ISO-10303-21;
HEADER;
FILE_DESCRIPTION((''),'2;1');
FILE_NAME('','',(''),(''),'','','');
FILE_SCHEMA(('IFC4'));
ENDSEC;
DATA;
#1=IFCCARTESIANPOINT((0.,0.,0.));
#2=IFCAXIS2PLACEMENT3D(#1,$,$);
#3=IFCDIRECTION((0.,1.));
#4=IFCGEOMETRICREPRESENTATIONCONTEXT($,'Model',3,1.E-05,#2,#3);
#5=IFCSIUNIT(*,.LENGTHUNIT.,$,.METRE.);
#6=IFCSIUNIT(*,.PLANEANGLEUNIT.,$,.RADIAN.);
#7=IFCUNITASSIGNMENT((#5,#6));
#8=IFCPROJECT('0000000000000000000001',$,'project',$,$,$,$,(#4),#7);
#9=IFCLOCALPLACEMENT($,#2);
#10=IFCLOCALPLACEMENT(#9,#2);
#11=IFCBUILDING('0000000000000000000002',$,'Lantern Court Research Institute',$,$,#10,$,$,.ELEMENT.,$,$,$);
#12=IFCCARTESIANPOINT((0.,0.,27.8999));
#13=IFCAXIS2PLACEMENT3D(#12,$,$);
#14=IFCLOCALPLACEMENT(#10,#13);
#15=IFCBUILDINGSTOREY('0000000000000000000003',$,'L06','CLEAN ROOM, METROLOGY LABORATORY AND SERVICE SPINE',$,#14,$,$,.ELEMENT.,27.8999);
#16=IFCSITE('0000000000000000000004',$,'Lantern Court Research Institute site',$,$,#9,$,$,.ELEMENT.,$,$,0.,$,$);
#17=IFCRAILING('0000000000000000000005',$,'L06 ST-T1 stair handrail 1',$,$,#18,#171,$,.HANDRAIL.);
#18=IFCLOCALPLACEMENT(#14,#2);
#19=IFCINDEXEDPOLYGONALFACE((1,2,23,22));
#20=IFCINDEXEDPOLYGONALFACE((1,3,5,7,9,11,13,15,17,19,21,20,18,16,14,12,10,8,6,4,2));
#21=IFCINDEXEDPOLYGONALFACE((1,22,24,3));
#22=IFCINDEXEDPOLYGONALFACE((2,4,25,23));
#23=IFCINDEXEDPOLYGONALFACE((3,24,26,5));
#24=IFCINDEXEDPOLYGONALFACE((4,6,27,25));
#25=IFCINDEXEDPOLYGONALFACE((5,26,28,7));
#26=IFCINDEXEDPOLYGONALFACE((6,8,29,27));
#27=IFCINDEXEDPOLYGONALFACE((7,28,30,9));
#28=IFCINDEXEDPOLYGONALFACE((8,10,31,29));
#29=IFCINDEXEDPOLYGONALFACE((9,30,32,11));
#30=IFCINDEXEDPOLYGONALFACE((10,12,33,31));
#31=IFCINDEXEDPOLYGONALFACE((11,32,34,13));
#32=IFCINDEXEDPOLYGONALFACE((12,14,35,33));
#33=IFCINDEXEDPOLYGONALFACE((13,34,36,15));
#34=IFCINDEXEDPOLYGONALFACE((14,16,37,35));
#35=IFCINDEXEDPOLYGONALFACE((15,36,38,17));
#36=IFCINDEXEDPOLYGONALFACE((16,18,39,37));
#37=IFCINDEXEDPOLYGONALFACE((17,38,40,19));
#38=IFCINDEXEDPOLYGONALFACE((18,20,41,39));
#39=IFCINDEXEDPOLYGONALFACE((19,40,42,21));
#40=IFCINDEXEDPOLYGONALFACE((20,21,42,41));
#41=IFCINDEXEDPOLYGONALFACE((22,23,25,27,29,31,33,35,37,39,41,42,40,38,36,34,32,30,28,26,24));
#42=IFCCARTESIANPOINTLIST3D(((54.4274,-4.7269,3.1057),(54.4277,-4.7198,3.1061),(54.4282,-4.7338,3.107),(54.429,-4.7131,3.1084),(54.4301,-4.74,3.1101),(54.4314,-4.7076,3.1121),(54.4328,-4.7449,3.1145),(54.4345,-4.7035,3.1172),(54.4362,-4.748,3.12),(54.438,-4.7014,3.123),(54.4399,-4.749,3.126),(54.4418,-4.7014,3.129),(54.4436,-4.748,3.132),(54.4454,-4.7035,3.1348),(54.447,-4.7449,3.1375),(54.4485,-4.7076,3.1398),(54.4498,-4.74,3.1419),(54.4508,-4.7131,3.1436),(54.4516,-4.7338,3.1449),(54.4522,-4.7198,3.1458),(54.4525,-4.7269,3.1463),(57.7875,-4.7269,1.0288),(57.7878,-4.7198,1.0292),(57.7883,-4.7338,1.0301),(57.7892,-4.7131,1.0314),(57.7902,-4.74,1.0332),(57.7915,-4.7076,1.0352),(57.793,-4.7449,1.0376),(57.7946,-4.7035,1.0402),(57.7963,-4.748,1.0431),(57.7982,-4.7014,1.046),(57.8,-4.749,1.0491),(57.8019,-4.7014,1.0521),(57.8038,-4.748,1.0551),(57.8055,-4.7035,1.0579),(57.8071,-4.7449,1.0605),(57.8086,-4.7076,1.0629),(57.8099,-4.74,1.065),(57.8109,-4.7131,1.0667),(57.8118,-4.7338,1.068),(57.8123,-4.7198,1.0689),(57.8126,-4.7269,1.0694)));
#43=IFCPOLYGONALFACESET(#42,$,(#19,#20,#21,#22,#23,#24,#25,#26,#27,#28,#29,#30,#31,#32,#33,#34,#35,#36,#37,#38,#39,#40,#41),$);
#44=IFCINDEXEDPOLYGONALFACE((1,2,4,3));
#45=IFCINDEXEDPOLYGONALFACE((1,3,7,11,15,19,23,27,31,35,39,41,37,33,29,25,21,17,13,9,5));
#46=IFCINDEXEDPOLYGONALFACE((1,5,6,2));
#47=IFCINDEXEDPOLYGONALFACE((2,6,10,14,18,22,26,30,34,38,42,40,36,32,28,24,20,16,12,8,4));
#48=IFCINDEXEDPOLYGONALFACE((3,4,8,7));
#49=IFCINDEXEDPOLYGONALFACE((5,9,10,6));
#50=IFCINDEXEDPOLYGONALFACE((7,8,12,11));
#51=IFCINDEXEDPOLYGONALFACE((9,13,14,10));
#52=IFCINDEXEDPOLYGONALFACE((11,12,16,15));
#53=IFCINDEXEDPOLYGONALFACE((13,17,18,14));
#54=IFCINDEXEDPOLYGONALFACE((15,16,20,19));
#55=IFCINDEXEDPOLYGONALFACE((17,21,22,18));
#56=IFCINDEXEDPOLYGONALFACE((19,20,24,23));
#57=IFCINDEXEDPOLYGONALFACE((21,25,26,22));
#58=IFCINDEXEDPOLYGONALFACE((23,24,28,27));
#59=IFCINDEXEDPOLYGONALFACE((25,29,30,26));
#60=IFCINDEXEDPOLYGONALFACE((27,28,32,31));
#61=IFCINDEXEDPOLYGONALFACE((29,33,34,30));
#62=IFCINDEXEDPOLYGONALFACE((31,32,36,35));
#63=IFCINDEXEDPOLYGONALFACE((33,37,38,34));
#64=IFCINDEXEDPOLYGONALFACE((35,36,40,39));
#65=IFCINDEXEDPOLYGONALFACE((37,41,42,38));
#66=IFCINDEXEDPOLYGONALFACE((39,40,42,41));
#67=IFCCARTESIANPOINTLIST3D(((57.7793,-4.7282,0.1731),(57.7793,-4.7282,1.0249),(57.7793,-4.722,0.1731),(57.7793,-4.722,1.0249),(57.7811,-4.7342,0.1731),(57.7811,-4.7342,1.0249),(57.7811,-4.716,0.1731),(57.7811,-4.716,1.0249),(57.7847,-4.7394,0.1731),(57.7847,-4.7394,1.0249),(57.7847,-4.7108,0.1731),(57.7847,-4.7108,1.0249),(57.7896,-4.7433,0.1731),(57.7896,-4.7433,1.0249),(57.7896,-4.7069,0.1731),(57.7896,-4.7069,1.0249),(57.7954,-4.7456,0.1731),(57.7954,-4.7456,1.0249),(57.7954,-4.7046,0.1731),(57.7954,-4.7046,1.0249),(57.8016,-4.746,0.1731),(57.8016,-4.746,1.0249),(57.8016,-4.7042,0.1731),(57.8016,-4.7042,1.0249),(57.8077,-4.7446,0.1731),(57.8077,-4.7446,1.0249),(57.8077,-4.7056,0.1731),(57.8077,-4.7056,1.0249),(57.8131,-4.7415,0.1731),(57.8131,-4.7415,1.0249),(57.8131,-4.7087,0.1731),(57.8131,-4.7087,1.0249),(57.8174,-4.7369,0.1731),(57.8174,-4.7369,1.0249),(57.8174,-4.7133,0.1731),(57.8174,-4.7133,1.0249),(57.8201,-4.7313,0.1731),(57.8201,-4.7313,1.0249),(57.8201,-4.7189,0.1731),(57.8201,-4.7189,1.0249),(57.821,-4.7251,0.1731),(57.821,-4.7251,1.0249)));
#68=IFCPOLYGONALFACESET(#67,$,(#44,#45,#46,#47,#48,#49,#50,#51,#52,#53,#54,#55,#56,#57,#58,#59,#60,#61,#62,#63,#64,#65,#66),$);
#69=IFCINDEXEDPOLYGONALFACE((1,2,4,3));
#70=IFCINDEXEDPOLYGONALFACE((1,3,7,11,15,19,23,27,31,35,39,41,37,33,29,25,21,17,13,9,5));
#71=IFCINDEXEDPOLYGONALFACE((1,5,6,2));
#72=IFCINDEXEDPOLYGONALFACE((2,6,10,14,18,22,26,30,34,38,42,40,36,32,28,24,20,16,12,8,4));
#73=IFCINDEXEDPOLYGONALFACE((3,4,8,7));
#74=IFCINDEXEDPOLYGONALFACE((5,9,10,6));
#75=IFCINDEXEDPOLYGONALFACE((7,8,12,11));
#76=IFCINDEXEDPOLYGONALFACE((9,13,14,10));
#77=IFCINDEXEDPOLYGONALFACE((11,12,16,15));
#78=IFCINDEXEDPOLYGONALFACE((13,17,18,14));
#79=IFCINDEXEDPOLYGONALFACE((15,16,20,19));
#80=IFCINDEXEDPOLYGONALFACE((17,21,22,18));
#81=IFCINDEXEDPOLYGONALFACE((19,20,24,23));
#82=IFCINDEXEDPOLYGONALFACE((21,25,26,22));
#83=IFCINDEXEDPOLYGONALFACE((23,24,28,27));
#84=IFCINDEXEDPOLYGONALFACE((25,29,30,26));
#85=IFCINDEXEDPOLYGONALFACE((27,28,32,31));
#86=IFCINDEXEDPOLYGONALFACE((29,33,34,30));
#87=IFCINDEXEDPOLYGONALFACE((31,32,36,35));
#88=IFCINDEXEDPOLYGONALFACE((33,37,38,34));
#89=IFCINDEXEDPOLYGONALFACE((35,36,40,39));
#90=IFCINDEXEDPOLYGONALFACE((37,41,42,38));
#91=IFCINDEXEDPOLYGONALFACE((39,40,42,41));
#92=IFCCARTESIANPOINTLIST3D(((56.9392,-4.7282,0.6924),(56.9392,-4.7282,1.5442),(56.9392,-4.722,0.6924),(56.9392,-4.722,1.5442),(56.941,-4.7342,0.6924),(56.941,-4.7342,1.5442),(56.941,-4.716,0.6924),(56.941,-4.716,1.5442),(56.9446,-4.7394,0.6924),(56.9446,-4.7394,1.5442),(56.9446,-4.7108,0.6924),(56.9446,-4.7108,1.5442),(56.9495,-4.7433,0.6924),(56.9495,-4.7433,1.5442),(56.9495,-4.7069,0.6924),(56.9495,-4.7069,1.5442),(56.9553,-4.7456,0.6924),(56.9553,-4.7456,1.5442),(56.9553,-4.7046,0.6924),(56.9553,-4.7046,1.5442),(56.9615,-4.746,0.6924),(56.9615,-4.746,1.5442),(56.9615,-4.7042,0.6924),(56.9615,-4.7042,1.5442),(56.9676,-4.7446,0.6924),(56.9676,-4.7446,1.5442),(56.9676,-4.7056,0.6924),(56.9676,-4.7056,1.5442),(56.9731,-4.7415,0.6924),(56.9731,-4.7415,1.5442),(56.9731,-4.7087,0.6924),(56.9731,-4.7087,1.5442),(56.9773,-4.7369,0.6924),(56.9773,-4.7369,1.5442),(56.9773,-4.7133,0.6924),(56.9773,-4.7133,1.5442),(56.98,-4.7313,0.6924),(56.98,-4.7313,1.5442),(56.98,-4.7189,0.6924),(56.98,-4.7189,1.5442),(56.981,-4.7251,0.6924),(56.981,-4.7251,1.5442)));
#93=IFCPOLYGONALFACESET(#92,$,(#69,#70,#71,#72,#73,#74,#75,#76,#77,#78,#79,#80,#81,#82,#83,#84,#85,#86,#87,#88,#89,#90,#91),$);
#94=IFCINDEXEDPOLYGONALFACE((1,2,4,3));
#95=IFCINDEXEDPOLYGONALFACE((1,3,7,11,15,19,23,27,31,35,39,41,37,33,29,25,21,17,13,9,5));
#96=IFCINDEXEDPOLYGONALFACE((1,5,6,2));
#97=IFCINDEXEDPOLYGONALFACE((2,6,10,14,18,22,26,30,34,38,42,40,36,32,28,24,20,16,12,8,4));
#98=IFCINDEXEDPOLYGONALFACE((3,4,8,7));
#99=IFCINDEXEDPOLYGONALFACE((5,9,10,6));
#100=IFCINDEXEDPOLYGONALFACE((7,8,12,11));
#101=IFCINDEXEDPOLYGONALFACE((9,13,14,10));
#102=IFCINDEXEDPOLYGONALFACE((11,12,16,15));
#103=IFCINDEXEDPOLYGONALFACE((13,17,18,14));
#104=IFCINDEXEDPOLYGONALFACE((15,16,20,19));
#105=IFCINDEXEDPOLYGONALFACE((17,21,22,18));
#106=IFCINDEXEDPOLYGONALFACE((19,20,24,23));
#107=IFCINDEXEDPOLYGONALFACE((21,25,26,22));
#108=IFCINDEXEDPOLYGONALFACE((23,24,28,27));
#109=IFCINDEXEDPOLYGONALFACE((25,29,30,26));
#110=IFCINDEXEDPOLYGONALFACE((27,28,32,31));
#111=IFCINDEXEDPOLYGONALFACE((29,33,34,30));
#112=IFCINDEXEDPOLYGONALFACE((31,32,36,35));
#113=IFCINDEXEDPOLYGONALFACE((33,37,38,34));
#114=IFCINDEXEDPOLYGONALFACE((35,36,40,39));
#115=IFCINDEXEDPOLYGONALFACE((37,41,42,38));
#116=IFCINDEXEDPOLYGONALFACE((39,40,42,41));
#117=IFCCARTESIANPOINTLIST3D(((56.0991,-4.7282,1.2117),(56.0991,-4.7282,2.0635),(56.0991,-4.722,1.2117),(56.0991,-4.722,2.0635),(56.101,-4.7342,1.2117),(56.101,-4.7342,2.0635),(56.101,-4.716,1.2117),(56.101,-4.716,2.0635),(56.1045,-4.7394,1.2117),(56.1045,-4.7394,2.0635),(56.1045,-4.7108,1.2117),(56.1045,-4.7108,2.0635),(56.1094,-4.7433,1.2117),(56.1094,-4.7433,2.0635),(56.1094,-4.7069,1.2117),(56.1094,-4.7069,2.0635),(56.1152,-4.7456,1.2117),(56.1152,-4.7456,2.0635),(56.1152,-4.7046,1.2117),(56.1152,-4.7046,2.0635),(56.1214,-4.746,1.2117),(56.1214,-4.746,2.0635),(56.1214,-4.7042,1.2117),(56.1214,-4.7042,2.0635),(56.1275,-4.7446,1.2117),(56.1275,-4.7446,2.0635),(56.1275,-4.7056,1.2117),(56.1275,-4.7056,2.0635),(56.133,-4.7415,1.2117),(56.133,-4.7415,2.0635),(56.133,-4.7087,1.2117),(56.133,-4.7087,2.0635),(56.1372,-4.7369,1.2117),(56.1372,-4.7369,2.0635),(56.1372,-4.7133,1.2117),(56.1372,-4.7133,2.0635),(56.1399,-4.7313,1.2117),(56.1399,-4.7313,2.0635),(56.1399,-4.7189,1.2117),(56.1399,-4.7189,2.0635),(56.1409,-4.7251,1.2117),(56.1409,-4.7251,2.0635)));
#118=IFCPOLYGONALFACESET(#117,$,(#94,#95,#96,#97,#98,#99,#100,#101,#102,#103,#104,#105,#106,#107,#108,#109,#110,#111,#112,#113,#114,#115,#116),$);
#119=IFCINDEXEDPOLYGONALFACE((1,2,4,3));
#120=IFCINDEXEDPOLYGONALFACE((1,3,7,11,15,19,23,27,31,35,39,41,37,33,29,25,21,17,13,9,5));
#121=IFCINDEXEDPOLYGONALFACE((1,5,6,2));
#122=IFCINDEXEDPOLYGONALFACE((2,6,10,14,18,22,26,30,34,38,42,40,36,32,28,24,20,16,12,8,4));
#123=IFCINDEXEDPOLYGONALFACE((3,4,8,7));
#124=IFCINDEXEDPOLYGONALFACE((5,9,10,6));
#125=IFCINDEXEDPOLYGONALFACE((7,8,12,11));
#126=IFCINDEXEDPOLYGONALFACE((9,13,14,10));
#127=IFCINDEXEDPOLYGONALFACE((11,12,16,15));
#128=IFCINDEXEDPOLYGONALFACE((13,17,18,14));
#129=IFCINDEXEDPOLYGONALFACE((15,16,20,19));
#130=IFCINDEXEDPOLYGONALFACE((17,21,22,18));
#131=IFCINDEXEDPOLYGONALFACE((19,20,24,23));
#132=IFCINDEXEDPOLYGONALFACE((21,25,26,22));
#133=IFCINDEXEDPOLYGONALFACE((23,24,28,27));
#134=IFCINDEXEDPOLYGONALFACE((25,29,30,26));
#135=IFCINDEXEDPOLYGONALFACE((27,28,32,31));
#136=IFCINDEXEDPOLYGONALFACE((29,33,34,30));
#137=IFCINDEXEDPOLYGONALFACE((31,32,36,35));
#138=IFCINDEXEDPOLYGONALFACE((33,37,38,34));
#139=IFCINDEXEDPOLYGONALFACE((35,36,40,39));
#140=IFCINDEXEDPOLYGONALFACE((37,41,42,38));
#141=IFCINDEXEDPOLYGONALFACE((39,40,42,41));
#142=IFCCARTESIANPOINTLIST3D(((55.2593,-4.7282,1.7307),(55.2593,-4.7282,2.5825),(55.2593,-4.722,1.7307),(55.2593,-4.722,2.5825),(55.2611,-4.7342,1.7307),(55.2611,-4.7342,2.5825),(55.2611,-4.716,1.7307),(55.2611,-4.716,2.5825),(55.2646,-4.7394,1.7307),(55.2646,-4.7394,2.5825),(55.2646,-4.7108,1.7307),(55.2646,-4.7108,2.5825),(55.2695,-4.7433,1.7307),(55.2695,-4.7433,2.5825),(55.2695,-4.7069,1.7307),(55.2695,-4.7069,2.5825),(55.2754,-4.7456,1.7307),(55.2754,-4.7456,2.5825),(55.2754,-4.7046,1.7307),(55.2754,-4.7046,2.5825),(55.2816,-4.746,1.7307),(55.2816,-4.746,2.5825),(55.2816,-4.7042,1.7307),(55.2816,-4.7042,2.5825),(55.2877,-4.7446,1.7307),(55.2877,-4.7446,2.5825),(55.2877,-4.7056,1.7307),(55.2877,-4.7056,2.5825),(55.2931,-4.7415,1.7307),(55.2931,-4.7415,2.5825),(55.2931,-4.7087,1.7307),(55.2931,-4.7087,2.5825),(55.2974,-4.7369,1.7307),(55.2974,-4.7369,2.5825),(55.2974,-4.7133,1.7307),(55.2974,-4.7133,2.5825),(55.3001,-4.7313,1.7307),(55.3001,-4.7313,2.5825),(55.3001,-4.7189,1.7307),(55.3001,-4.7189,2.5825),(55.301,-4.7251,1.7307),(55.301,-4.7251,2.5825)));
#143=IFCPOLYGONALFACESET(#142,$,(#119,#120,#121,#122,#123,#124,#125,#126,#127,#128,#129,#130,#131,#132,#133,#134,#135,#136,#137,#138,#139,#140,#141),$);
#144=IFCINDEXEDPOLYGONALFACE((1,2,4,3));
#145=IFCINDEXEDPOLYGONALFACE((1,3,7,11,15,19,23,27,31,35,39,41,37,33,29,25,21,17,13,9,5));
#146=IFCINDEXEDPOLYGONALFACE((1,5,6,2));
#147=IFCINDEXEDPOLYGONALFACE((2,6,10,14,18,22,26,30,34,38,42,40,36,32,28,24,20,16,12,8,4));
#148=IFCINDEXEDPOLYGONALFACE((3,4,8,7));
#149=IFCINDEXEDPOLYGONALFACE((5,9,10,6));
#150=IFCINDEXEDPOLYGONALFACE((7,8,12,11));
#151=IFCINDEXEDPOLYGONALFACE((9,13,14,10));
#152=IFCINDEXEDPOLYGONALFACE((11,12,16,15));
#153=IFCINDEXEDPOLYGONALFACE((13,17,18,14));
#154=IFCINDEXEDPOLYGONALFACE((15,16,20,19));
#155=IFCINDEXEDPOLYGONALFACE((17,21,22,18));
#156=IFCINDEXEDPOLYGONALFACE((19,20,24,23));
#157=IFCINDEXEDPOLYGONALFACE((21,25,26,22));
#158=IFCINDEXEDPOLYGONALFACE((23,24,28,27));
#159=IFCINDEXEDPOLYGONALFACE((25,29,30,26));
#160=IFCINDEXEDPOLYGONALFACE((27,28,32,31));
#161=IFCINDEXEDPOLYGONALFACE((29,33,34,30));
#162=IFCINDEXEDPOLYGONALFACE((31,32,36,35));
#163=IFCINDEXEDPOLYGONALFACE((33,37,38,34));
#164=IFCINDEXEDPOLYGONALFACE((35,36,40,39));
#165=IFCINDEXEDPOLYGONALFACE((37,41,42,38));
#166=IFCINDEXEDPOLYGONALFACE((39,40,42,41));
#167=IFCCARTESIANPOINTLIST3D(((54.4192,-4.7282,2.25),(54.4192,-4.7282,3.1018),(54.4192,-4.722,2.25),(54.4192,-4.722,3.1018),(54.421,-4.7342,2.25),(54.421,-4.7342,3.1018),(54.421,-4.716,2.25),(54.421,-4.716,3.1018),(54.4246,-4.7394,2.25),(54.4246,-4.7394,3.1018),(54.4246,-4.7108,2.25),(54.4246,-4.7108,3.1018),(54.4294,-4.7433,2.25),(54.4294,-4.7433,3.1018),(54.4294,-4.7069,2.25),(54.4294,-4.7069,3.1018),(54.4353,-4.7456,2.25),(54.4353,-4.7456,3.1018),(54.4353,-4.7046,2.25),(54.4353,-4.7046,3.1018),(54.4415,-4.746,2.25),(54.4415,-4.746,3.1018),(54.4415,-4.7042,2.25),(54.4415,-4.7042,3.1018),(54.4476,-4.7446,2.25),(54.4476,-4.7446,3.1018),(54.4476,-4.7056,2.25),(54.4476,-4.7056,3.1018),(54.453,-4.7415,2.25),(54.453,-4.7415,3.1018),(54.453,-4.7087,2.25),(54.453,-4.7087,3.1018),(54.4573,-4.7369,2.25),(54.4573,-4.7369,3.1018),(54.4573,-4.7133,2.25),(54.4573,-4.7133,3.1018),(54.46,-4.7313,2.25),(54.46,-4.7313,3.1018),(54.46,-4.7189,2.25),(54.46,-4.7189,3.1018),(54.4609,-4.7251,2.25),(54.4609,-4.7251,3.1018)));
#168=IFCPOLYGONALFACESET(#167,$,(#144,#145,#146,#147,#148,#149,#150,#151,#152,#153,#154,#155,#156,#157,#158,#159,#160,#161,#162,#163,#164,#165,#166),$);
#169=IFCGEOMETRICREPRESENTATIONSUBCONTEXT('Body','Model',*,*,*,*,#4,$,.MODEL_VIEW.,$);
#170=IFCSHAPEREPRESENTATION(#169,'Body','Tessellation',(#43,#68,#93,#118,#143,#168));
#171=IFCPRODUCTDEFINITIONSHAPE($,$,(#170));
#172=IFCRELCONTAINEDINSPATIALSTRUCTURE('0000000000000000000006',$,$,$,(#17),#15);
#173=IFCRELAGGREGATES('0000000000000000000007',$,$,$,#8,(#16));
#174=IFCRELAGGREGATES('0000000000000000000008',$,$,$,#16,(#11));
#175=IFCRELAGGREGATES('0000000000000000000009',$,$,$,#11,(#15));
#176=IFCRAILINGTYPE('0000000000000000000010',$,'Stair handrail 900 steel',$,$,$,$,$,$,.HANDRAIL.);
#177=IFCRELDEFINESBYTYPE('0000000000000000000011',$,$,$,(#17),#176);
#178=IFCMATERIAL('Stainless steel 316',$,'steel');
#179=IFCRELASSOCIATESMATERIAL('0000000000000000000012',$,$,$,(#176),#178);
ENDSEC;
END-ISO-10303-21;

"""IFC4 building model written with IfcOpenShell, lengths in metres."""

from ifc_helpers import new_model, si_unit, direction, frame, origin, origin_2d, place, context, subcontext, project, spatial, circle, extrude, material, type_object, element, save


model = new_model("IFC4")

# Units and contexts
model_context = context("Model", 3, precision=1e-05, world=origin(), true_north=direction((0.0, 1.0)))
body_context = subcontext(model_context, "Body", "Model", "MODEL_VIEW")
ifc_project = project(units=[si_unit("LENGTHUNIT", "METRE"), si_unit("PLANEANGLEUNIT", "RADIAN")], contexts=[model_context])

# Site, building, storey
site_placement = place(None, origin())
site = spatial("IfcSite", under=ifc_project, at=site_placement, Name="Lantern Court Research Institute site", CompositionType="ELEMENT", RefElevation=0.0)
building_placement = place(site_placement, origin())
building = spatial("IfcBuilding", under=site, at=building_placement, Name="Lantern Court Research Institute", CompositionType="ELEMENT")
storey_placement = place(building_placement, frame((0.0, 0.0, 27.8999)))
storey = spatial("IfcBuildingStorey", under=building, at=storey_placement, Name="L06", Description="CLEAN ROOM, METROLOGY LABORATORY AND SERVICE SPINE", CompositionType="ELEMENT", Elevation=27.8999)

# Railing
ifc_material_1 = material(Name="Stainless steel 316", Category="steel")
railing_type_1 = type_object("IfcRailingType", Name="Stair handrail 900 steel", PredefinedType="HANDRAIL", material=ifc_material_1)
railing_1_placement = place(storey_placement, frame((57.8, -4.7251, 0.1731)))
element("IfcRailing", 1, at=railing_1_placement, inside=storey, type_object=railing_type_1, Name="L06 ST-T1 stair handrail 1", PredefinedType="HANDRAIL", context=body_context, shape_type="SweptSolid", body=[
    extrude(circle(Radius=0.0239, at=origin_2d()), frame((0.0, 0.0, 0.876), z_axis=(-0.850623, 0.0, 0.525776), x_axis=(0.0, -1.0, 0.0)), (0.0, 0.0, 1.0), 3.9502),
    extrude(circle(Radius=0.021, at=origin_2d()), origin(), (0.0, 0.0, 1.0), 0.8518),
    extrude(circle(Radius=0.021, at=origin_2d()), frame((-0.8401, 0.0, 0.5193)), (0.0, 0.0, 1.0), 0.8518),
    extrude(circle(Radius=0.021, at=origin_2d()), frame((-1.6802, 0.0, 1.0386)), (0.0, 0.0, 1.0), 0.8518),
    extrude(circle(Radius=0.021, at=origin_2d()), frame((-2.52, 0.0, 1.5576)), (0.0, 0.0, 1.0), 0.8518),
    extrude(circle(Radius=0.021, at=origin_2d()), frame((-3.3601, 0.0, 2.0769)), (0.0, 0.0, 1.0), 0.8518),
])

save(model, "model.ifc")
